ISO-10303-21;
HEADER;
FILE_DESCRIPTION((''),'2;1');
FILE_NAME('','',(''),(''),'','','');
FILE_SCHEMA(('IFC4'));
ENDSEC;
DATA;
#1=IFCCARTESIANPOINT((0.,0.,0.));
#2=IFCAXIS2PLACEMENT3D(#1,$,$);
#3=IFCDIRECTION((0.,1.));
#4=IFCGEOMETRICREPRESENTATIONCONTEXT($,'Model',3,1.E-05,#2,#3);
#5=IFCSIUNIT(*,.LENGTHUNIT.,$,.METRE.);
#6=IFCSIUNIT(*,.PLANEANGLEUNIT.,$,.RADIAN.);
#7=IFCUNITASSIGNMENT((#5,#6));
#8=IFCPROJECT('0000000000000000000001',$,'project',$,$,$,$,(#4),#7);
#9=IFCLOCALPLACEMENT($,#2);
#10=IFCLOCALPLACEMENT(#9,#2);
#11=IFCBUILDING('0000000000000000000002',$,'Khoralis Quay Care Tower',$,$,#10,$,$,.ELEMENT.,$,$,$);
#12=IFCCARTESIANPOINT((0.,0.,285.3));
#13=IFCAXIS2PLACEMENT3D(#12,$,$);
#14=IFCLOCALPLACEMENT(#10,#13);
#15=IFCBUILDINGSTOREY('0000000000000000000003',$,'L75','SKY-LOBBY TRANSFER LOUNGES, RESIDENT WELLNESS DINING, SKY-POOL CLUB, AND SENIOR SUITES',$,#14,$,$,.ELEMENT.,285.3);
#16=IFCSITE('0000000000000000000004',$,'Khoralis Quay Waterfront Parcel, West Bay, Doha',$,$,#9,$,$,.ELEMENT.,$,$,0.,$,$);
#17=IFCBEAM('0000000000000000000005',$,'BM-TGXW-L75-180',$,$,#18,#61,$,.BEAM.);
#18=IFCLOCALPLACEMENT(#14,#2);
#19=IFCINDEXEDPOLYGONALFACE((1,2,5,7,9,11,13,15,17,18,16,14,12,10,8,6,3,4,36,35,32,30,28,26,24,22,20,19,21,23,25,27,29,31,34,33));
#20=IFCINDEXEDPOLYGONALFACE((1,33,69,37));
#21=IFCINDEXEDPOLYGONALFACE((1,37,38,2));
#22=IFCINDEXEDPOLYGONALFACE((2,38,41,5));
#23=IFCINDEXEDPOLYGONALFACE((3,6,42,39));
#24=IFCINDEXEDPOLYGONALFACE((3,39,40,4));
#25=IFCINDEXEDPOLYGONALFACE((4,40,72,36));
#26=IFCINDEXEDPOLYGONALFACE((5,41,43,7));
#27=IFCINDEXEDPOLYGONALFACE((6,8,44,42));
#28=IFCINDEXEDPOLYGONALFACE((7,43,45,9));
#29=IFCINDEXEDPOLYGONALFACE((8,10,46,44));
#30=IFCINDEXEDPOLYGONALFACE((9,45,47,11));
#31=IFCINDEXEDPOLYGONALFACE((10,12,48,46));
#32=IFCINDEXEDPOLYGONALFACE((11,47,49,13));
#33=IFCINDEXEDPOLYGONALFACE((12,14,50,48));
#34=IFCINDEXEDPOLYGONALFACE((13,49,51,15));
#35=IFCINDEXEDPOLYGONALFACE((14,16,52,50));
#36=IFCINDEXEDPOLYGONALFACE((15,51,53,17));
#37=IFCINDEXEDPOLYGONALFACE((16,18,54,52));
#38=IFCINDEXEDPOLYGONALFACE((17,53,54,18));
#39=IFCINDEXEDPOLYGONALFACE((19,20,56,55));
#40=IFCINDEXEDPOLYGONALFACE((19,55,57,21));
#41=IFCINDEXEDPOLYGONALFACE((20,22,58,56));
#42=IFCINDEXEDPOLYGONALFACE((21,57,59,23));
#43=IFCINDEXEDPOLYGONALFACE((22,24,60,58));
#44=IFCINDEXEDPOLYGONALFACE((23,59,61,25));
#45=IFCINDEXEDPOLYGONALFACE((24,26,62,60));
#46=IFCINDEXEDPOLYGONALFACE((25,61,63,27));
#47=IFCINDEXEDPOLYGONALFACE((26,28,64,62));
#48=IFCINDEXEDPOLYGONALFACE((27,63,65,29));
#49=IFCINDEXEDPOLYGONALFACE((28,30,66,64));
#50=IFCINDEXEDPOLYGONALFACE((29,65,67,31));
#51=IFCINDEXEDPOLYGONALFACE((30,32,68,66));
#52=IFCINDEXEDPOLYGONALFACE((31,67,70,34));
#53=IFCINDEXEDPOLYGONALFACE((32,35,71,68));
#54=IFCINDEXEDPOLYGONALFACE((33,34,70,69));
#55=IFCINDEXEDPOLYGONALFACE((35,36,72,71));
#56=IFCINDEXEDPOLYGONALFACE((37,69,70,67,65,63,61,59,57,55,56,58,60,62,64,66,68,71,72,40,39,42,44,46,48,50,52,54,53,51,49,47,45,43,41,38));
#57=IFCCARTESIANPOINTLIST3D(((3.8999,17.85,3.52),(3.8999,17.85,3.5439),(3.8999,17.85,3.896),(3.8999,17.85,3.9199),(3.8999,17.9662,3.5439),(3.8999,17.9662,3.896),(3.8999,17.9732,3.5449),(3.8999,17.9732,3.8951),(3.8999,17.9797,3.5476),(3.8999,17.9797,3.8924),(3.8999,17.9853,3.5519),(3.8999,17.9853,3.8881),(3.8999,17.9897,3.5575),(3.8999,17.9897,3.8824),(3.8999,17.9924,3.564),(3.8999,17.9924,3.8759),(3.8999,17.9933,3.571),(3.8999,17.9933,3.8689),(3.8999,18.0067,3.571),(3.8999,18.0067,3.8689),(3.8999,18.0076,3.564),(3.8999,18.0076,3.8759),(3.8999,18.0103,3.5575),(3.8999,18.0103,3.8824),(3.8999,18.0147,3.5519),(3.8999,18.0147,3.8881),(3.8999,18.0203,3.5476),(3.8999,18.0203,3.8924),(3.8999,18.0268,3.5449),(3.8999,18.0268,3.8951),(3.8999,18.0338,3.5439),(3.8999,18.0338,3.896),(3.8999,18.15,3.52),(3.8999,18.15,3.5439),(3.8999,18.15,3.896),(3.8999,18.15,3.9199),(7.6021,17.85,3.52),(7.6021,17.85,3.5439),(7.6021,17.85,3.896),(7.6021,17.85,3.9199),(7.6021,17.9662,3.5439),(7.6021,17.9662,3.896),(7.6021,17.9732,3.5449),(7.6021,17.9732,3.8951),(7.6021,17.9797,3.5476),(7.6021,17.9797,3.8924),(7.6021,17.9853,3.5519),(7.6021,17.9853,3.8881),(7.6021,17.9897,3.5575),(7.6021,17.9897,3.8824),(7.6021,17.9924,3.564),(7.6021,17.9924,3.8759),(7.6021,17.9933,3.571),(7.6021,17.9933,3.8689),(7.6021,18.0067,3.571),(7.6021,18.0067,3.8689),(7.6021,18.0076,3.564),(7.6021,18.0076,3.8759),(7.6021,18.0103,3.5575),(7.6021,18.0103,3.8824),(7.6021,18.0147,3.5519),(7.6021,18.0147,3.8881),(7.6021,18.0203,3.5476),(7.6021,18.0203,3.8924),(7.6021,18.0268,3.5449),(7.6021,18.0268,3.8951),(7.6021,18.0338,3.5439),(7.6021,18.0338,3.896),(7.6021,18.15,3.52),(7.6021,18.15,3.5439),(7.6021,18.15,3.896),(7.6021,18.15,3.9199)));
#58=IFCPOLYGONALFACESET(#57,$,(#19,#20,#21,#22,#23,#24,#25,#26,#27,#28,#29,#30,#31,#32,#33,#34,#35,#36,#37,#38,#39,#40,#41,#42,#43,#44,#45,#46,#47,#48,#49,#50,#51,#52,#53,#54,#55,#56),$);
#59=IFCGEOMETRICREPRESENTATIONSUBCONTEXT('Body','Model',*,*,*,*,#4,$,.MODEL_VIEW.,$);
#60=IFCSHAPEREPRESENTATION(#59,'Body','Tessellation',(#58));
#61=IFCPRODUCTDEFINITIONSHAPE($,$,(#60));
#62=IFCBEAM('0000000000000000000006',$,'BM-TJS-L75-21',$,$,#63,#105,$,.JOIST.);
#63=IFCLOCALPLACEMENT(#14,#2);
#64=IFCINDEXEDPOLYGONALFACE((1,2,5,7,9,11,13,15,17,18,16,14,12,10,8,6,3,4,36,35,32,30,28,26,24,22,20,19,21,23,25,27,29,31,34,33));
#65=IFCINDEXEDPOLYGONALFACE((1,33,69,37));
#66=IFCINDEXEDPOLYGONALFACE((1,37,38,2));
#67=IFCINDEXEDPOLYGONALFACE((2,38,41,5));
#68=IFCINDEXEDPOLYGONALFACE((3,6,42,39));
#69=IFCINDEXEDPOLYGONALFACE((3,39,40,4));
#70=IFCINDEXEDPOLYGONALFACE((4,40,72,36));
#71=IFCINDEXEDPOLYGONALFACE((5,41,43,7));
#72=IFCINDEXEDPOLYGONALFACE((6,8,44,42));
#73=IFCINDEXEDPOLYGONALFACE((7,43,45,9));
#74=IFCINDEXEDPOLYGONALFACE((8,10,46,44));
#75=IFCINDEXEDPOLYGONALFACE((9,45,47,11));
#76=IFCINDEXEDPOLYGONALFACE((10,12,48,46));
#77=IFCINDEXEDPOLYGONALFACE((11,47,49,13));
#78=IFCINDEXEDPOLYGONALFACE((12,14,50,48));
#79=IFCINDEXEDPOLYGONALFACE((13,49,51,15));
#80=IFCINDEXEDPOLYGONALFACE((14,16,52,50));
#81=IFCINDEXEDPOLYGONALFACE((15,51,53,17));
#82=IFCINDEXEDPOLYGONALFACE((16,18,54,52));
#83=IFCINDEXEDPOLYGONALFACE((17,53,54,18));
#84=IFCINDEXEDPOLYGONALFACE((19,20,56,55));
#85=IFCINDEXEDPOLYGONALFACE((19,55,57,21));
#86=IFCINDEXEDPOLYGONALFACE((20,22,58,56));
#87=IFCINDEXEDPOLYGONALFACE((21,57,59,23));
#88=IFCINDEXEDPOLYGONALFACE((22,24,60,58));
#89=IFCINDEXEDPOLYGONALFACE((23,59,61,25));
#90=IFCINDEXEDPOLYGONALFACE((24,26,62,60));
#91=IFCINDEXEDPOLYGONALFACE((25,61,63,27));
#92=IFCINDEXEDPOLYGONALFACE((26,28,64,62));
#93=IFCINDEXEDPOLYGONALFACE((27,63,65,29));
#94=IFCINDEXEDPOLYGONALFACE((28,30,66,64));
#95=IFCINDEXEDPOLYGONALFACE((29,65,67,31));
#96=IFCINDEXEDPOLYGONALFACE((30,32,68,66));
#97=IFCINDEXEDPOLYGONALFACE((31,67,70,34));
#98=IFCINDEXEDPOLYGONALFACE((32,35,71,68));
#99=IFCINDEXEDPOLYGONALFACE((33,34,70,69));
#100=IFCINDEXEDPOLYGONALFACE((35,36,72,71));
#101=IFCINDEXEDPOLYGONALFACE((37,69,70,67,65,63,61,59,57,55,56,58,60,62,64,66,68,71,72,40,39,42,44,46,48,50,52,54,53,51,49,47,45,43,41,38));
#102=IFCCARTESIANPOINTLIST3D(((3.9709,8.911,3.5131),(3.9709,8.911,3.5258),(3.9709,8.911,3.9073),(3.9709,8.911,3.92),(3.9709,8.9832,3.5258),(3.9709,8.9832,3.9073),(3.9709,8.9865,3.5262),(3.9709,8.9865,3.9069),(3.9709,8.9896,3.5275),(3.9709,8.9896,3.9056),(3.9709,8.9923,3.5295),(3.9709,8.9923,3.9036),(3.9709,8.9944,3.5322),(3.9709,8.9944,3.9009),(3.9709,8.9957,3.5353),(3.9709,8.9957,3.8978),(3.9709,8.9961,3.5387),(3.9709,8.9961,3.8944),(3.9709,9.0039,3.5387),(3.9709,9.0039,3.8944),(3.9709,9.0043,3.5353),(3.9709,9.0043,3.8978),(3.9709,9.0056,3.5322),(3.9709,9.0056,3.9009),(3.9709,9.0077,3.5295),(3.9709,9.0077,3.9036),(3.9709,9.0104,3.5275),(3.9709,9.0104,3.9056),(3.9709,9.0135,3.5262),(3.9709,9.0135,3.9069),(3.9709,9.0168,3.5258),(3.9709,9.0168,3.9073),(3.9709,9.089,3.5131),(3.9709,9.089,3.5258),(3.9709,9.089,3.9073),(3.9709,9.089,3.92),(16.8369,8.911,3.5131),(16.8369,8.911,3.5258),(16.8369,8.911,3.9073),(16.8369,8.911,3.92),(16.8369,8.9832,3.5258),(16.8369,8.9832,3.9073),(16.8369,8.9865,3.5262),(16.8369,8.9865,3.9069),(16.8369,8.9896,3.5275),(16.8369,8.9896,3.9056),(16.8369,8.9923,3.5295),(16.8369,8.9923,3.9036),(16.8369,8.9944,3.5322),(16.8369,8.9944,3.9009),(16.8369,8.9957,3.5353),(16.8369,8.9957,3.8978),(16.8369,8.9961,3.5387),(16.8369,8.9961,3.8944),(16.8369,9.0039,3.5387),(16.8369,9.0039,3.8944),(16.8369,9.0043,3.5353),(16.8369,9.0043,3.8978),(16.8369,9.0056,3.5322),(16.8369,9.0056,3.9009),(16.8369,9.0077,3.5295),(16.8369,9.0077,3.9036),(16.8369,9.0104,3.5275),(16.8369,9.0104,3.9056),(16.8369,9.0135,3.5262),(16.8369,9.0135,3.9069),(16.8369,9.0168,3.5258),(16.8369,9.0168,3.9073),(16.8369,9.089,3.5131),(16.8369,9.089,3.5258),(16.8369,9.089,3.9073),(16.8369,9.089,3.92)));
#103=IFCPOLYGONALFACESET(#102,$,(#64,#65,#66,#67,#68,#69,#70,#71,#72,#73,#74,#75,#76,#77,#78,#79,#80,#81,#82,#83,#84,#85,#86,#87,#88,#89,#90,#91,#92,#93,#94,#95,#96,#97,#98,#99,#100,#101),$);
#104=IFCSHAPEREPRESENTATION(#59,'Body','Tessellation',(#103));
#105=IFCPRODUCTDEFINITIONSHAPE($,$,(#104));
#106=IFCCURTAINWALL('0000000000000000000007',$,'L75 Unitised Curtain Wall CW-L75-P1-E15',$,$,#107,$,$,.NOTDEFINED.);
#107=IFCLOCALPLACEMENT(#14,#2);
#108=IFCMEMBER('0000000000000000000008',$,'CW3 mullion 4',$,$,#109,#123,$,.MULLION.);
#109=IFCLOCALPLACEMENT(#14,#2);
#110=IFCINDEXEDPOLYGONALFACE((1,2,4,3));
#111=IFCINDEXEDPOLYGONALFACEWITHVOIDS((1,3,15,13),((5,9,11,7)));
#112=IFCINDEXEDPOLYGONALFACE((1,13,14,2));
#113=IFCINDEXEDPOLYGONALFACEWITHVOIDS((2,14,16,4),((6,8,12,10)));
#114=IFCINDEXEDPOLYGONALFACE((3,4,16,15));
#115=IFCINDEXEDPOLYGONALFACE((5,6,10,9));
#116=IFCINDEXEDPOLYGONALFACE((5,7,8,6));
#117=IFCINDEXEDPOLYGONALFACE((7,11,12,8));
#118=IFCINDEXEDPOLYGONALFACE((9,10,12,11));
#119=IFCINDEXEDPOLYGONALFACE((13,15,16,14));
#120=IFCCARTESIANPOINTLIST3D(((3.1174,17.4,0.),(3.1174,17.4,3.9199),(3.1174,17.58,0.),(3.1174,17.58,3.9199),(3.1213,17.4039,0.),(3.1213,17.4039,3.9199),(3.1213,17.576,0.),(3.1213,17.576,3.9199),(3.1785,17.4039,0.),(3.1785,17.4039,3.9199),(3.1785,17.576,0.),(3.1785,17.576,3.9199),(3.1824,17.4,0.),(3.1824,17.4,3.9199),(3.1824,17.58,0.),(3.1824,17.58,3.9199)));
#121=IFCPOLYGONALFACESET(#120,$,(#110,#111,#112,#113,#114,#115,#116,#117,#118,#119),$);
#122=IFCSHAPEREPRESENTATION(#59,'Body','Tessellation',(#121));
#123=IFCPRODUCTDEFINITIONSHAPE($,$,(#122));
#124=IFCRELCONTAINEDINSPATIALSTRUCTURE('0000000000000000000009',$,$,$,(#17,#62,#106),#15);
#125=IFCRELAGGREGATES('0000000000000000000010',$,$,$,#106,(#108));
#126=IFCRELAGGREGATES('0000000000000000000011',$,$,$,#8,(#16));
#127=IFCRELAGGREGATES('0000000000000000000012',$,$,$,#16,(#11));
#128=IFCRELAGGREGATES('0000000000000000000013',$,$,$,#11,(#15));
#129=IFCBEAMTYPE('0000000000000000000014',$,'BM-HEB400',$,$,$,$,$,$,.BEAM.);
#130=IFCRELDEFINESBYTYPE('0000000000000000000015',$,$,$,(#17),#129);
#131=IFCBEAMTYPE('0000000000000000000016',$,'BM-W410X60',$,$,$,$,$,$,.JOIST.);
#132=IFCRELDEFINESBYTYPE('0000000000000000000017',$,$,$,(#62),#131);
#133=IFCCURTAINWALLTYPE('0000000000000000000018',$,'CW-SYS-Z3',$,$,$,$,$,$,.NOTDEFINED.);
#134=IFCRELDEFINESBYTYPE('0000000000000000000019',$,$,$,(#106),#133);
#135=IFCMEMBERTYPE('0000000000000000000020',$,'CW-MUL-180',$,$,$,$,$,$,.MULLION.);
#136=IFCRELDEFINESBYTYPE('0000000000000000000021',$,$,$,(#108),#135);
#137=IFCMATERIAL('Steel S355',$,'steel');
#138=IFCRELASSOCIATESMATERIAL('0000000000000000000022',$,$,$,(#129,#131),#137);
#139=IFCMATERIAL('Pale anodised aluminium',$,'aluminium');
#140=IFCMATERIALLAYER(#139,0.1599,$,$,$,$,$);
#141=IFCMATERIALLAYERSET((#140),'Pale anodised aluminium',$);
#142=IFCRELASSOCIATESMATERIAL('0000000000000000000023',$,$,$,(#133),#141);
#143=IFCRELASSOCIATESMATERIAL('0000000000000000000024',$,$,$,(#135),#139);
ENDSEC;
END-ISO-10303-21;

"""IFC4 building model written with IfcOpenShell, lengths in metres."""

from ifc_helpers import new_model, si_unit, direction, frame, origin, origin_2d, place, context, subcontext, project, spatial, hollow_rectangle, i_section, extrude, source, transform, mapped, material, layer, layer_set, material_profile, profile_set, type_object, element, aggregate, save


model = new_model("IFC4")

# Units and contexts
model_context = context("Model", 3, precision=1e-05, world=origin(), true_north=direction((0.0, 1.0)))
body_context = subcontext(model_context, "Body", "Model", "MODEL_VIEW")
ifc_project = project(units=[si_unit("LENGTHUNIT", "METRE"), si_unit("PLANEANGLEUNIT", "RADIAN")], contexts=[model_context])

# Site, building, storey
site_placement = place(None, origin())
site = spatial("IfcSite", under=ifc_project, at=site_placement, Name="Khoralis Quay Waterfront Parcel, West Bay, Doha", CompositionType="ELEMENT", RefElevation=0.0)
building_placement = place(site_placement, origin())
building = spatial("IfcBuilding", under=site, at=building_placement, Name="Khoralis Quay Care Tower", CompositionType="ELEMENT")
storey_placement = place(building_placement, frame((0.0, 0.0, 285.3)))
storey = spatial("IfcBuildingStorey", under=building, at=storey_placement, Name="L75", Description="SKY-LOBBY TRANSFER LOUNGES, RESIDENT WELLNESS DINING, SKY-POOL CLUB, AND SENIOR SUITES", CompositionType="ELEMENT", Elevation=285.3)

# Beams
ifc_material_1 = material(Name="Steel S355", Category="steel")
ifc_material_profile_1 = material_profile(ifc_material_1, i_section(OverallWidth=0.3, OverallDepth=0.3999, WebThickness=0.0134, FlangeThickness=0.0239, FilletRadius=0.0271, at=origin_2d()), Name="Steel S355")
ifc_profile_set_1 = profile_set([ifc_material_profile_1], Name="Steel S355")
beam_type_1 = type_object("IfcBeamType", Name="BM-HEB400", PredefinedType="BEAM", material=ifc_profile_set_1)
shared_shape_1 = source(origin(), body_context, "Body", "SweptSolid", [
    extrude(i_section(OverallWidth=0.3, OverallDepth=0.3999, WebThickness=0.0134, FlangeThickness=0.0239, FilletRadius=0.0271, at=origin_2d()), origin(), (0.0, 0.0, 1.0), 3.7021),
])
beam_1_placement = place(storey_placement, frame((3.8999, 18.0, 3.72), z_axis=(1.0, 0.0, 0.0), x_axis=(0.0, 1.0, 0.0)))
element("IfcBeam", 1, at=beam_1_placement, inside=storey, type_object=beam_type_1, Name="BM-TGXW-L75-180", PredefinedType="BEAM", context=body_context, shape_type="MappedRepresentation", body=[
    mapped(shared_shape_1, transform((0.0, 0.0, 0.0), scale=1.0)),
])
ifc_material_profile_2 = material_profile(ifc_material_1, i_section(OverallWidth=0.178, OverallDepth=0.407, WebThickness=0.0078, FlangeThickness=0.0127, FilletRadius=0.0129, at=origin_2d()), Name="Steel S355")
ifc_profile_set_2 = profile_set([ifc_material_profile_2], Name="Steel S355")
beam_type_2 = type_object("IfcBeamType", Name="BM-W410X60", PredefinedType="JOIST", material=ifc_profile_set_2)
shared_shape_2 = source(origin(), body_context, "Body", "SweptSolid", [
    extrude(i_section(OverallWidth=0.178, OverallDepth=0.407, WebThickness=0.0078, FlangeThickness=0.0127, FilletRadius=0.0129, at=origin_2d()), origin(), (0.0, 0.0, 1.0), 12.866),
])
beam_2_placement = place(storey_placement, frame((3.9709, 9.0, 3.7166), z_axis=(1.0, 0.0, 0.0), x_axis=(0.0, 1.0, 0.0)))
element("IfcBeam", 2, at=beam_2_placement, inside=storey, type_object=beam_type_2, Name="BM-TJS-L75-21", PredefinedType="JOIST", context=body_context, shape_type="MappedRepresentation", body=[
    mapped(shared_shape_2, transform((0.0, 0.0, 0.0), scale=1.0)),
])

# Curtain wall, member
ifc_material_2 = material(Name="Pale anodised aluminium", Category="aluminium")
ifc_layer_1 = layer(ifc_material_2, 0.1599)
ifc_layer_set_1 = layer_set([ifc_layer_1], Name="Pale anodised aluminium")
curtain_wall_type = type_object("IfcCurtainWallType", Name="CW-SYS-Z3", PredefinedType="NOTDEFINED", material=ifc_layer_set_1)
curtain_wall_placement = place(storey_placement, origin())
curtain_wall = element("IfcCurtainWall", 3, at=curtain_wall_placement, inside=storey, type_object=curtain_wall_type, Name="L75 Unitised Curtain Wall CW-L75-P1-E15", PredefinedType="NOTDEFINED")
ifc_material_profile_3 = material_profile(ifc_material_2, hollow_rectangle(XDim=0.0649, YDim=0.1799, WallThickness=0.0039, at=origin_2d()), Name="Pale anodised aluminium")
ifc_profile_set_3 = profile_set([ifc_material_profile_3], Name="Pale anodised aluminium")
member_type = type_object("IfcMemberType", Name="CW-MUL-180", PredefinedType="MULLION", material=ifc_profile_set_3)
shared_shape_3 = source(origin(), body_context, "Body", "SweptSolid", [
    extrude(hollow_rectangle(XDim=0.0649, YDim=0.1799, WallThickness=0.0039, at=origin_2d()), origin(), (0.0, 0.0, 1.0), 3.9199),
])
member_placement = place(storey_placement, frame((3.1499, 17.49, 0.0), z_axis=(0.0, 0.0, 1.0), x_axis=(1.0, 0.0, 0.0)))
member = element("IfcMember", 4, at=member_placement, type_object=member_type, Name="CW3 mullion 4", PredefinedType="MULLION", context=body_context, shape_type="MappedRepresentation", body=[
    mapped(shared_shape_3, transform((0.0, 0.0, 0.0), scale=1.0)),
])
aggregate(curtain_wall, [member])

save(model, "model.ifc")
